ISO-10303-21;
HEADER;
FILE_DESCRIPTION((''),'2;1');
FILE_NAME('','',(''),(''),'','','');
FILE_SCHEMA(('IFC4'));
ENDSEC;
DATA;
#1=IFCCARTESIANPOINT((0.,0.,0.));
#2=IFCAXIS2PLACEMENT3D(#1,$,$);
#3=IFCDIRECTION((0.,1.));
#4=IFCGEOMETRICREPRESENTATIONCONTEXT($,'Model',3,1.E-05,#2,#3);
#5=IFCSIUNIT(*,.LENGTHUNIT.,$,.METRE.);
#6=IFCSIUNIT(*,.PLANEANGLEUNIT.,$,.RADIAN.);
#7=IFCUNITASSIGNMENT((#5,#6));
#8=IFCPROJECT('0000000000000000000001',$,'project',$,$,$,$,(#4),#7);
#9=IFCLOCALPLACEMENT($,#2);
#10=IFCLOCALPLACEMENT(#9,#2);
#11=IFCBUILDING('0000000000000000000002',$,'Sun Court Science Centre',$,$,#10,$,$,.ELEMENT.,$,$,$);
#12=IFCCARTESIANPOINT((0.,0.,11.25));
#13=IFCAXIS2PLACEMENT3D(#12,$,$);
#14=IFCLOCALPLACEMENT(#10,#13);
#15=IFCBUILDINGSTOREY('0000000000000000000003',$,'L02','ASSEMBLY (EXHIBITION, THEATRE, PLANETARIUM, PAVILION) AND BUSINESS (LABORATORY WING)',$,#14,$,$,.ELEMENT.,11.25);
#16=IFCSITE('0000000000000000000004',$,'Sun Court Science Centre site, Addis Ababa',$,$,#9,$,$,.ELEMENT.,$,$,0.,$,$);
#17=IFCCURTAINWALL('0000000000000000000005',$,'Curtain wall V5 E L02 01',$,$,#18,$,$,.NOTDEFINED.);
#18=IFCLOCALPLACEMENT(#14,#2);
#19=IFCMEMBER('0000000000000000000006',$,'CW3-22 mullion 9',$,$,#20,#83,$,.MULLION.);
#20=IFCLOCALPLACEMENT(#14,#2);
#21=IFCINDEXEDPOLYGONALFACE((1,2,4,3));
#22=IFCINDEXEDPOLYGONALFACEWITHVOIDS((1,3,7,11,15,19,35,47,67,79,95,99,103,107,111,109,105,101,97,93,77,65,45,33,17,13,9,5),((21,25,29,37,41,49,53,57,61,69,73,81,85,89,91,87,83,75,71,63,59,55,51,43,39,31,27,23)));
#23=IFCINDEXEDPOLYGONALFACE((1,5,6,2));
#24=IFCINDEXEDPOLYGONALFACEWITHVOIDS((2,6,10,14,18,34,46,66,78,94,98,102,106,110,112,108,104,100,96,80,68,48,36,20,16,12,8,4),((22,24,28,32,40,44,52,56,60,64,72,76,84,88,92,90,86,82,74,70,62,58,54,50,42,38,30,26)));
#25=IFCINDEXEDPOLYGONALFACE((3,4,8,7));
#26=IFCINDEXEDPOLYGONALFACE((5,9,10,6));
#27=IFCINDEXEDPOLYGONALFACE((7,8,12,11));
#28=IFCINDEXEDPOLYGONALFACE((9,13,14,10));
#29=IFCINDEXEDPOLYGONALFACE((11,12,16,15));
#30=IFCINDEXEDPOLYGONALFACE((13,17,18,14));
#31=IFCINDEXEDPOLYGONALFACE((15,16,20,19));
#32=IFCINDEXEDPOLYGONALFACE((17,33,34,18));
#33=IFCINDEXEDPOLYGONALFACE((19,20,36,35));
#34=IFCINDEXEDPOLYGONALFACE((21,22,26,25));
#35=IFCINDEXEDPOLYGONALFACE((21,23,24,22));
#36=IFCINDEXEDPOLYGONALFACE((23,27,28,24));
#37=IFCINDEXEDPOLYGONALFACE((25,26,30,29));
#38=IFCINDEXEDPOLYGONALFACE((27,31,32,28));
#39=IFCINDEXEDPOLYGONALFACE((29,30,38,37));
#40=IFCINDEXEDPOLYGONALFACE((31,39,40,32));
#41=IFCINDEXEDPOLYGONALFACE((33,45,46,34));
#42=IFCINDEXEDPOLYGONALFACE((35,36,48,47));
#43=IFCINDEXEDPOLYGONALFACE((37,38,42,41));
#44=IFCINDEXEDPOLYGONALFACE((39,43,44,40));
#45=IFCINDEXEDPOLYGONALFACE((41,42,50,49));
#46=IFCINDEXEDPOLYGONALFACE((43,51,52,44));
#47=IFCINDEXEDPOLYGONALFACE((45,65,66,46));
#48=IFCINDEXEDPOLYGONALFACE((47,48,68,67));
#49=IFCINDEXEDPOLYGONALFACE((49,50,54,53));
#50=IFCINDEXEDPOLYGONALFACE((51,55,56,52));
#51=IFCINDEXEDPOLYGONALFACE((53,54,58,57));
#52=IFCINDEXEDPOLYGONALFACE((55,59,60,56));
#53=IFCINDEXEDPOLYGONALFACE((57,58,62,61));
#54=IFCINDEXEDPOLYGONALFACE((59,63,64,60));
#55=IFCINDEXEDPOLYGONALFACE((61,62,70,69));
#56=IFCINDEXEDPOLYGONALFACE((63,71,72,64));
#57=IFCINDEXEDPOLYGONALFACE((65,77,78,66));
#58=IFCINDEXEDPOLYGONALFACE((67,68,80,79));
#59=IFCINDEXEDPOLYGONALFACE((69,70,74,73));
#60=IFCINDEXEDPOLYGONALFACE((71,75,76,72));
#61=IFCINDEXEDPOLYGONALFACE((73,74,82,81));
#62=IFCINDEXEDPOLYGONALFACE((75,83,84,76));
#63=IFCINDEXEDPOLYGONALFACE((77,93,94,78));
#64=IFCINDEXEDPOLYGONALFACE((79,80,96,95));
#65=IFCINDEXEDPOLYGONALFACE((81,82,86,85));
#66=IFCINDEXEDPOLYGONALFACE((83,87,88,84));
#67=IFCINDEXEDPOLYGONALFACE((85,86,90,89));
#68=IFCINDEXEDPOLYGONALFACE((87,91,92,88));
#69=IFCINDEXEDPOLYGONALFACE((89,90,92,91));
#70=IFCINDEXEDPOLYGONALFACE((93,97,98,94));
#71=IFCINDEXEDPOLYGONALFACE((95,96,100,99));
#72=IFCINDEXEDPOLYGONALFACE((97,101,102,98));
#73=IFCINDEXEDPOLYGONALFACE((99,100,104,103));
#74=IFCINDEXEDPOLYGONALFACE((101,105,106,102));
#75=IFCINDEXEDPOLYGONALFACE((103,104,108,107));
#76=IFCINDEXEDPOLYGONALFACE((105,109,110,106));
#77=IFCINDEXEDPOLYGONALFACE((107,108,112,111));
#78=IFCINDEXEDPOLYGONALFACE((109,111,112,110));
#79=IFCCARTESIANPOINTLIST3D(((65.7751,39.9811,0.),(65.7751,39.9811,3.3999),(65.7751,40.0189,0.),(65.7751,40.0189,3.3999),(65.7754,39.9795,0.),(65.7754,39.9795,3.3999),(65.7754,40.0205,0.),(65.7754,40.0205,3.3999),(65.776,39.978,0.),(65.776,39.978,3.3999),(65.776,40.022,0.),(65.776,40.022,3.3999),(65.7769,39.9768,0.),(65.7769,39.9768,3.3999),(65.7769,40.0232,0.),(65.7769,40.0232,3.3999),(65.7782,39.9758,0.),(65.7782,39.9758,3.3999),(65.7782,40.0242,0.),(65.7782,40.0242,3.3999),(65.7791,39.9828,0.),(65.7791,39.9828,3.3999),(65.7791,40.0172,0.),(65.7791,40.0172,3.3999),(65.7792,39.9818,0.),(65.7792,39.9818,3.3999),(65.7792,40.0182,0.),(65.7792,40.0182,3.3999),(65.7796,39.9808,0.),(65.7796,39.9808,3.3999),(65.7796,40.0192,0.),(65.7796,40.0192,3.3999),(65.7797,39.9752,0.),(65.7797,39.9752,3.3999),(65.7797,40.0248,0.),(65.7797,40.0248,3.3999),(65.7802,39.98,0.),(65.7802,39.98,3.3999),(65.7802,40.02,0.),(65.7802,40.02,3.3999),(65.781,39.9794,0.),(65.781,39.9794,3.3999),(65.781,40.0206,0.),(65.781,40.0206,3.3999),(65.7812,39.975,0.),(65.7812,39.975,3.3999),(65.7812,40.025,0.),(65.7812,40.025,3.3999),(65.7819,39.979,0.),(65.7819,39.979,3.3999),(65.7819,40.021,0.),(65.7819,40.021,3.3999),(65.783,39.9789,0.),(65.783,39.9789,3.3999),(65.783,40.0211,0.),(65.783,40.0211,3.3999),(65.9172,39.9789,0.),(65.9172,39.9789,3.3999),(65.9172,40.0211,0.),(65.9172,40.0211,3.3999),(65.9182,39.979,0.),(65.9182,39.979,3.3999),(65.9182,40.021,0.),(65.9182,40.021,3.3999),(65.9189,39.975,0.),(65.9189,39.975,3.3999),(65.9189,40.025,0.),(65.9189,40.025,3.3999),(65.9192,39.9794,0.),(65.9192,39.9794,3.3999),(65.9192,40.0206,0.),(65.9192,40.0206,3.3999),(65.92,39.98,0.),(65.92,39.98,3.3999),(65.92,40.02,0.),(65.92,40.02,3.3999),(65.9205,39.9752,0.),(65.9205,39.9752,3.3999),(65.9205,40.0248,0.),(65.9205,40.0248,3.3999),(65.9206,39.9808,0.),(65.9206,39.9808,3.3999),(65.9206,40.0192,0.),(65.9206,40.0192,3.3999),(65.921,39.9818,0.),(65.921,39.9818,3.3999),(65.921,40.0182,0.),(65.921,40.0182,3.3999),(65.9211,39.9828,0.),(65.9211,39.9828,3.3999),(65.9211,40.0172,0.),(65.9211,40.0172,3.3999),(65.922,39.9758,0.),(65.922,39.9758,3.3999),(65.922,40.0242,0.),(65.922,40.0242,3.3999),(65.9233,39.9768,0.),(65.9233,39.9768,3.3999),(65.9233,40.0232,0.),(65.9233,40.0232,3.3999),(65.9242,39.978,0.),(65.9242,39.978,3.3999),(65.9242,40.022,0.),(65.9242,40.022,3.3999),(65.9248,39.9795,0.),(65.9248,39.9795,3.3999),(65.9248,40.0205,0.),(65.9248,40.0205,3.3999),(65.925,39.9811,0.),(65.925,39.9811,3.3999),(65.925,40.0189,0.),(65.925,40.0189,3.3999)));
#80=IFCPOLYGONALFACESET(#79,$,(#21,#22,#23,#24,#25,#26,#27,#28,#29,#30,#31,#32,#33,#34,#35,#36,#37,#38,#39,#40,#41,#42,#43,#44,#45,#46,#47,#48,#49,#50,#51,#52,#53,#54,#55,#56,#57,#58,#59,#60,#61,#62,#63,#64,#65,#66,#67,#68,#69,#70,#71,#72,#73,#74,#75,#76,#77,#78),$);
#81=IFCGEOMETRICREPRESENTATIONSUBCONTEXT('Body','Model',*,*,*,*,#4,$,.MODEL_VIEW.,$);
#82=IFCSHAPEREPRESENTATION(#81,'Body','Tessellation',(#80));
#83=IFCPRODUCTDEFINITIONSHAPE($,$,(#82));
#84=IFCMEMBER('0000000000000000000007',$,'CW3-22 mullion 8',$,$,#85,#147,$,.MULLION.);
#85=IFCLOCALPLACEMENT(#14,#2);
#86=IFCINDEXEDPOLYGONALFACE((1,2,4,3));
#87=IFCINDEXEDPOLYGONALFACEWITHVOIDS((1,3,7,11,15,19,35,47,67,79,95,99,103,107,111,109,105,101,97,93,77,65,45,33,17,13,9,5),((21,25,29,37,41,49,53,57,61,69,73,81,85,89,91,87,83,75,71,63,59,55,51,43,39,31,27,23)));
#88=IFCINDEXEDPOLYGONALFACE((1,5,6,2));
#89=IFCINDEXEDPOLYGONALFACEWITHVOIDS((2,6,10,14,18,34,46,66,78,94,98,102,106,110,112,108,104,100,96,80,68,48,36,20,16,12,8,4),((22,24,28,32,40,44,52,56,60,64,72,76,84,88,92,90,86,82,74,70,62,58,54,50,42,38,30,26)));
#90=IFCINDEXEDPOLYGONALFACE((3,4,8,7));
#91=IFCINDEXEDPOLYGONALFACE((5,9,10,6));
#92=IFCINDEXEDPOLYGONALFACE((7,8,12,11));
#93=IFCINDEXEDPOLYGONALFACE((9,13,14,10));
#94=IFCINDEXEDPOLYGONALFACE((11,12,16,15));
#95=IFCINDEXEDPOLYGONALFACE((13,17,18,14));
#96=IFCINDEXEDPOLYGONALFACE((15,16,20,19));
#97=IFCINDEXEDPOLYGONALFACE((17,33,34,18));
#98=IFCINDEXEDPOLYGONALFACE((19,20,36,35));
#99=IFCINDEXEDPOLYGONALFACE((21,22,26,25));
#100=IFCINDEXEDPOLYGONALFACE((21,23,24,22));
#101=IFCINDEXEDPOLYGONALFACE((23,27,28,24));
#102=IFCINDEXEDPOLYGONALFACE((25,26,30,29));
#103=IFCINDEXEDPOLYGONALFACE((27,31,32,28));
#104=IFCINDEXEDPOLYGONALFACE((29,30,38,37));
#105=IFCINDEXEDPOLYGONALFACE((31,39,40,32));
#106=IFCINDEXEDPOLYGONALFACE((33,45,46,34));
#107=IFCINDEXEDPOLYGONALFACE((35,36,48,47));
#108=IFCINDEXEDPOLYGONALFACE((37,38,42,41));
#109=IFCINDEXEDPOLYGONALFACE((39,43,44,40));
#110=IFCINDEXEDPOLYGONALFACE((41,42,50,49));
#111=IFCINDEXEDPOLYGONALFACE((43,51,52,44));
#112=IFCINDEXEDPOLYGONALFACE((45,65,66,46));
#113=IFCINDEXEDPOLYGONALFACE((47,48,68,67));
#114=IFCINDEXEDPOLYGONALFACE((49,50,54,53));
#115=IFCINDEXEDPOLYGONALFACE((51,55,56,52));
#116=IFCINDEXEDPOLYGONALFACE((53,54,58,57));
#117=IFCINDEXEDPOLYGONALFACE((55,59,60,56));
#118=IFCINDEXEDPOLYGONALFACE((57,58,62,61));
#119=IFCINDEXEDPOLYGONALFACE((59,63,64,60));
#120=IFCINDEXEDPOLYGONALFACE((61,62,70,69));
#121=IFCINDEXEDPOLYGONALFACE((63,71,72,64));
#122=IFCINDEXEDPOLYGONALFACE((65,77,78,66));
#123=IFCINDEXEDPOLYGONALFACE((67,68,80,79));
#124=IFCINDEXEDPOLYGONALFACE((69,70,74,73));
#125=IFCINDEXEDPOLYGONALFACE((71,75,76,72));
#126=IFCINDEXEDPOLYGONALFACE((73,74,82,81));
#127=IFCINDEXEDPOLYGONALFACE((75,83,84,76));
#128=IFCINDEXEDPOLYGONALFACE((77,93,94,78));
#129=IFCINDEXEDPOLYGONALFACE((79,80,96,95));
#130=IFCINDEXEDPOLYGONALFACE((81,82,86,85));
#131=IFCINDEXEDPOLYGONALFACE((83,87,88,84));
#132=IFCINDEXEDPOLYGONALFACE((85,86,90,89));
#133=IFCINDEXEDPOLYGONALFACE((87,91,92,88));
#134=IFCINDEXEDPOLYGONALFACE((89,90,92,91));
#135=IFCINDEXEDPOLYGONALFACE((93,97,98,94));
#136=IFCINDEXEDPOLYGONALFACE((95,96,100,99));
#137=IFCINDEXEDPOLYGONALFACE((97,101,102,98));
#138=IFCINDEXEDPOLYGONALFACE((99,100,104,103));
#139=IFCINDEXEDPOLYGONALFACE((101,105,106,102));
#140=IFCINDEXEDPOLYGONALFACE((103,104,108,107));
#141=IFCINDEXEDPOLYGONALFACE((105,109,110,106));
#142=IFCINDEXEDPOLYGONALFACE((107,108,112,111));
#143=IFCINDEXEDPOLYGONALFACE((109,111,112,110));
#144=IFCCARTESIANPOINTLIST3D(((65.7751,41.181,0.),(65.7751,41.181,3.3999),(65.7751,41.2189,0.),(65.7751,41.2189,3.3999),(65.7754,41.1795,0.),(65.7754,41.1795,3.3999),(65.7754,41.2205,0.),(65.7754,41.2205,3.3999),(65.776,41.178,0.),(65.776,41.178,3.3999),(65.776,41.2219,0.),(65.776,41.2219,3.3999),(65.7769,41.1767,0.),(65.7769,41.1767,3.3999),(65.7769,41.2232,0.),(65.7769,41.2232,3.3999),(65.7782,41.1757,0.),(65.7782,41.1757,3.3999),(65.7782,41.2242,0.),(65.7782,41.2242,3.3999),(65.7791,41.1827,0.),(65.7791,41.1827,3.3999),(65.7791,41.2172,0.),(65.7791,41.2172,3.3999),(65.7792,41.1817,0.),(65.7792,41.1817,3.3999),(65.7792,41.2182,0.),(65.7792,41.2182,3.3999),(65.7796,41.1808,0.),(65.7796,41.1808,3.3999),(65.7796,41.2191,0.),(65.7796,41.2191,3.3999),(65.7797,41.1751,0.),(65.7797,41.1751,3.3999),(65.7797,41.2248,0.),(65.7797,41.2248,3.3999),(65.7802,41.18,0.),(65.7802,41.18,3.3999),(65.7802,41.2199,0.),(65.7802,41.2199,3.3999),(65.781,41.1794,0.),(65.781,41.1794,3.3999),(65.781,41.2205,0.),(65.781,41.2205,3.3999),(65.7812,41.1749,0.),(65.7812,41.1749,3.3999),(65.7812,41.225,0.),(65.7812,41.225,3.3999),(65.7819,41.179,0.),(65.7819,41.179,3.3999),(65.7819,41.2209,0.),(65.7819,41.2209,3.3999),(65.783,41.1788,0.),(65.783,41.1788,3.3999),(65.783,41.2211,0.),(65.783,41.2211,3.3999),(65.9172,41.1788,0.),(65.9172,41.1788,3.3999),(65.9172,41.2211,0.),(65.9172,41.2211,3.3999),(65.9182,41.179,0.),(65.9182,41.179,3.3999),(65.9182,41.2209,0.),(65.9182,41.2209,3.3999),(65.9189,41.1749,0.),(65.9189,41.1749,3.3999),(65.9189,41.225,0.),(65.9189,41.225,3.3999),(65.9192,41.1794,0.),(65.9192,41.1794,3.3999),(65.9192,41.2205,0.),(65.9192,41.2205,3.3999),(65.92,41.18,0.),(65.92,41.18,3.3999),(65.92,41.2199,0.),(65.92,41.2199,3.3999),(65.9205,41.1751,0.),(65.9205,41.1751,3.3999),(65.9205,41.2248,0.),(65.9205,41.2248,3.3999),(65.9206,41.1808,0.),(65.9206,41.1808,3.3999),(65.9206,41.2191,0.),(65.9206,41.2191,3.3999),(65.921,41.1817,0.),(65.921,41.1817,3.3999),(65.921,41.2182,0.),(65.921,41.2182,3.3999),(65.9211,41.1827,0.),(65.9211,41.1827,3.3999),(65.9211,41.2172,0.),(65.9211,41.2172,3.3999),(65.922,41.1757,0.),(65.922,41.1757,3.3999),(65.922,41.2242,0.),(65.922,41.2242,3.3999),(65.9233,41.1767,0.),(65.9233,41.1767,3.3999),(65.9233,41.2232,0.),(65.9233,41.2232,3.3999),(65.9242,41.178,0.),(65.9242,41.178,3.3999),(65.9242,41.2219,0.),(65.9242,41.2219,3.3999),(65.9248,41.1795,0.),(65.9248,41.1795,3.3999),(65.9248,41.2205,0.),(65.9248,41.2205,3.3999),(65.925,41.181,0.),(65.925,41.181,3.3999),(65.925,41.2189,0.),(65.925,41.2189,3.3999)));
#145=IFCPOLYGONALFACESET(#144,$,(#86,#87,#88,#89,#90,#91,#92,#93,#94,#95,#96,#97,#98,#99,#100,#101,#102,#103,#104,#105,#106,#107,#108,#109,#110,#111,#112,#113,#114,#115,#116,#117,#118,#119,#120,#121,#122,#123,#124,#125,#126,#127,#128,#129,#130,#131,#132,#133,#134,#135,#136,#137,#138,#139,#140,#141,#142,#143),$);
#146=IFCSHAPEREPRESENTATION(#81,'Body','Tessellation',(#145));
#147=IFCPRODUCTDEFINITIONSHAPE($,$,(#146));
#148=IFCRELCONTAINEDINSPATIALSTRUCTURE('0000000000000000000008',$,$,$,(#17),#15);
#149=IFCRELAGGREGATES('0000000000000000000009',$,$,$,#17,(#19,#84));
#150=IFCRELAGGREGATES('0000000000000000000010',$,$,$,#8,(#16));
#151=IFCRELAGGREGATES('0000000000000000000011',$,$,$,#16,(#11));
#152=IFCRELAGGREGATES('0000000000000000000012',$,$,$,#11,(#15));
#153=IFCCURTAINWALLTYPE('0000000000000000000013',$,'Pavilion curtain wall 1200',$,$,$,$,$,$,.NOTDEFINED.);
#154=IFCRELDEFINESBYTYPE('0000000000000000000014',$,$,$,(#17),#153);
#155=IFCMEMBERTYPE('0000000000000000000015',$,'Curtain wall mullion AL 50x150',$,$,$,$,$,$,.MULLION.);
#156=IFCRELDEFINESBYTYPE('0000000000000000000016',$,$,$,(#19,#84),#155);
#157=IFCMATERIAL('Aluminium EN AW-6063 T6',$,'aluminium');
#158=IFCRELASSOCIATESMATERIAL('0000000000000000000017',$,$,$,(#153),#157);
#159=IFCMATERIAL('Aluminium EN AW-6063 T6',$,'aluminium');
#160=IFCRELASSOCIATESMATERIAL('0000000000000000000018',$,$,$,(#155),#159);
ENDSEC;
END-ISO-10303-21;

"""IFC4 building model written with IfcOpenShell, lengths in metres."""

from ifc_helpers import new_model, si_unit, direction, frame, origin, origin_2d, place, context, subcontext, project, spatial, hollow_rectangle, extrude, material, material_profile, profile_set, type_object, element, aggregate, save


model = new_model("IFC4")

# Units and contexts
model_context = context("Model", 3, precision=1e-05, world=origin(), true_north=direction((0.0, 1.0)))
body_context = subcontext(model_context, "Body", "Model", "MODEL_VIEW")
ifc_project = project(units=[si_unit("LENGTHUNIT", "METRE"), si_unit("PLANEANGLEUNIT", "RADIAN")], contexts=[model_context])

# Site, building, storey
site_placement = place(None, origin())
site = spatial("IfcSite", under=ifc_project, at=site_placement, Name="Sun Court Science Centre site, Addis Ababa", CompositionType="ELEMENT", RefElevation=0.0)
building_placement = place(site_placement, origin())
building = spatial("IfcBuilding", under=site, at=building_placement, Name="Sun Court Science Centre", CompositionType="ELEMENT")
storey_placement = place(building_placement, frame((0.0, 0.0, 11.25)))
storey = spatial("IfcBuildingStorey", under=building, at=storey_placement, Name="L02", Description="ASSEMBLY (EXHIBITION, THEATRE, PLANETARIUM, PAVILION) AND BUSINESS (LABORATORY WING)", CompositionType="ELEMENT", Elevation=11.25)

# Curtain wall, members
ifc_material_1 = material(Name="Aluminium EN AW-6063 T6", Category="aluminium")
curtain_wall_type = type_object("IfcCurtainWallType", Name="Pavilion curtain wall 1200", PredefinedType="NOTDEFINED", material=ifc_material_1)
curtain_wall_placement = place(storey_placement, origin())
curtain_wall = element("IfcCurtainWall", 1, at=curtain_wall_placement, inside=storey, type_object=curtain_wall_type, Name="Curtain wall V5 E L02 01", PredefinedType="NOTDEFINED")
ifc_material_2 = material(Name="Aluminium EN AW-6063 T6", Category="aluminium")
ifc_material_profile_1 = material_profile(ifc_material_2, hollow_rectangle(XDim=0.05, YDim=0.1499, WallThickness=0.0039, InnerFilletRadius=0.0039, OuterFilletRadius=0.0061, at=origin_2d()), Name="AL 50x150x4")
ifc_profile_set_1 = profile_set([ifc_material_profile_1], Name="Aluminium EN AW-6063 T6")
member_type_1 = type_object("IfcMemberType", Name="Curtain wall mullion AL 50x150", PredefinedType="MULLION", material=ifc_profile_set_1)
member_1_placement = place(storey_placement, frame((65.8501, 40.0, 0.0), z_axis=(0.0, 0.0, 1.0), x_axis=(0.0, -1.0, 0.0)))
member_1 = element("IfcMember", 2, at=member_1_placement, type_object=member_type_1, Name="CW3-22 mullion 9", PredefinedType="MULLION", context=body_context, shape_type="SweptSolid", body=[
    extrude(hollow_rectangle(XDim=0.05, YDim=0.1499, WallThickness=0.0039, InnerFilletRadius=0.0039, OuterFilletRadius=0.0061, at=origin_2d()), origin(), (0.0, 0.0, 1.0), 3.3999),
])
member_2_placement = place(storey_placement, frame((65.8501, 41.2, 0.0), z_axis=(0.0, 0.0, 1.0), x_axis=(0.0, -1.0, 0.0)))
member_2 = element("IfcMember", 3, at=member_2_placement, type_object=member_type_1, Name="CW3-22 mullion 8", PredefinedType="MULLION", context=body_context, shape_type="SweptSolid", body=[
    extrude(hollow_rectangle(XDim=0.05, YDim=0.1499, WallThickness=0.0039, InnerFilletRadius=0.0039, OuterFilletRadius=0.0061, at=origin_2d()), origin(), (0.0, 0.0, 1.0), 3.3999),
])
aggregate(curtain_wall, [member_1, member_2])

save(model, "model.ifc")
